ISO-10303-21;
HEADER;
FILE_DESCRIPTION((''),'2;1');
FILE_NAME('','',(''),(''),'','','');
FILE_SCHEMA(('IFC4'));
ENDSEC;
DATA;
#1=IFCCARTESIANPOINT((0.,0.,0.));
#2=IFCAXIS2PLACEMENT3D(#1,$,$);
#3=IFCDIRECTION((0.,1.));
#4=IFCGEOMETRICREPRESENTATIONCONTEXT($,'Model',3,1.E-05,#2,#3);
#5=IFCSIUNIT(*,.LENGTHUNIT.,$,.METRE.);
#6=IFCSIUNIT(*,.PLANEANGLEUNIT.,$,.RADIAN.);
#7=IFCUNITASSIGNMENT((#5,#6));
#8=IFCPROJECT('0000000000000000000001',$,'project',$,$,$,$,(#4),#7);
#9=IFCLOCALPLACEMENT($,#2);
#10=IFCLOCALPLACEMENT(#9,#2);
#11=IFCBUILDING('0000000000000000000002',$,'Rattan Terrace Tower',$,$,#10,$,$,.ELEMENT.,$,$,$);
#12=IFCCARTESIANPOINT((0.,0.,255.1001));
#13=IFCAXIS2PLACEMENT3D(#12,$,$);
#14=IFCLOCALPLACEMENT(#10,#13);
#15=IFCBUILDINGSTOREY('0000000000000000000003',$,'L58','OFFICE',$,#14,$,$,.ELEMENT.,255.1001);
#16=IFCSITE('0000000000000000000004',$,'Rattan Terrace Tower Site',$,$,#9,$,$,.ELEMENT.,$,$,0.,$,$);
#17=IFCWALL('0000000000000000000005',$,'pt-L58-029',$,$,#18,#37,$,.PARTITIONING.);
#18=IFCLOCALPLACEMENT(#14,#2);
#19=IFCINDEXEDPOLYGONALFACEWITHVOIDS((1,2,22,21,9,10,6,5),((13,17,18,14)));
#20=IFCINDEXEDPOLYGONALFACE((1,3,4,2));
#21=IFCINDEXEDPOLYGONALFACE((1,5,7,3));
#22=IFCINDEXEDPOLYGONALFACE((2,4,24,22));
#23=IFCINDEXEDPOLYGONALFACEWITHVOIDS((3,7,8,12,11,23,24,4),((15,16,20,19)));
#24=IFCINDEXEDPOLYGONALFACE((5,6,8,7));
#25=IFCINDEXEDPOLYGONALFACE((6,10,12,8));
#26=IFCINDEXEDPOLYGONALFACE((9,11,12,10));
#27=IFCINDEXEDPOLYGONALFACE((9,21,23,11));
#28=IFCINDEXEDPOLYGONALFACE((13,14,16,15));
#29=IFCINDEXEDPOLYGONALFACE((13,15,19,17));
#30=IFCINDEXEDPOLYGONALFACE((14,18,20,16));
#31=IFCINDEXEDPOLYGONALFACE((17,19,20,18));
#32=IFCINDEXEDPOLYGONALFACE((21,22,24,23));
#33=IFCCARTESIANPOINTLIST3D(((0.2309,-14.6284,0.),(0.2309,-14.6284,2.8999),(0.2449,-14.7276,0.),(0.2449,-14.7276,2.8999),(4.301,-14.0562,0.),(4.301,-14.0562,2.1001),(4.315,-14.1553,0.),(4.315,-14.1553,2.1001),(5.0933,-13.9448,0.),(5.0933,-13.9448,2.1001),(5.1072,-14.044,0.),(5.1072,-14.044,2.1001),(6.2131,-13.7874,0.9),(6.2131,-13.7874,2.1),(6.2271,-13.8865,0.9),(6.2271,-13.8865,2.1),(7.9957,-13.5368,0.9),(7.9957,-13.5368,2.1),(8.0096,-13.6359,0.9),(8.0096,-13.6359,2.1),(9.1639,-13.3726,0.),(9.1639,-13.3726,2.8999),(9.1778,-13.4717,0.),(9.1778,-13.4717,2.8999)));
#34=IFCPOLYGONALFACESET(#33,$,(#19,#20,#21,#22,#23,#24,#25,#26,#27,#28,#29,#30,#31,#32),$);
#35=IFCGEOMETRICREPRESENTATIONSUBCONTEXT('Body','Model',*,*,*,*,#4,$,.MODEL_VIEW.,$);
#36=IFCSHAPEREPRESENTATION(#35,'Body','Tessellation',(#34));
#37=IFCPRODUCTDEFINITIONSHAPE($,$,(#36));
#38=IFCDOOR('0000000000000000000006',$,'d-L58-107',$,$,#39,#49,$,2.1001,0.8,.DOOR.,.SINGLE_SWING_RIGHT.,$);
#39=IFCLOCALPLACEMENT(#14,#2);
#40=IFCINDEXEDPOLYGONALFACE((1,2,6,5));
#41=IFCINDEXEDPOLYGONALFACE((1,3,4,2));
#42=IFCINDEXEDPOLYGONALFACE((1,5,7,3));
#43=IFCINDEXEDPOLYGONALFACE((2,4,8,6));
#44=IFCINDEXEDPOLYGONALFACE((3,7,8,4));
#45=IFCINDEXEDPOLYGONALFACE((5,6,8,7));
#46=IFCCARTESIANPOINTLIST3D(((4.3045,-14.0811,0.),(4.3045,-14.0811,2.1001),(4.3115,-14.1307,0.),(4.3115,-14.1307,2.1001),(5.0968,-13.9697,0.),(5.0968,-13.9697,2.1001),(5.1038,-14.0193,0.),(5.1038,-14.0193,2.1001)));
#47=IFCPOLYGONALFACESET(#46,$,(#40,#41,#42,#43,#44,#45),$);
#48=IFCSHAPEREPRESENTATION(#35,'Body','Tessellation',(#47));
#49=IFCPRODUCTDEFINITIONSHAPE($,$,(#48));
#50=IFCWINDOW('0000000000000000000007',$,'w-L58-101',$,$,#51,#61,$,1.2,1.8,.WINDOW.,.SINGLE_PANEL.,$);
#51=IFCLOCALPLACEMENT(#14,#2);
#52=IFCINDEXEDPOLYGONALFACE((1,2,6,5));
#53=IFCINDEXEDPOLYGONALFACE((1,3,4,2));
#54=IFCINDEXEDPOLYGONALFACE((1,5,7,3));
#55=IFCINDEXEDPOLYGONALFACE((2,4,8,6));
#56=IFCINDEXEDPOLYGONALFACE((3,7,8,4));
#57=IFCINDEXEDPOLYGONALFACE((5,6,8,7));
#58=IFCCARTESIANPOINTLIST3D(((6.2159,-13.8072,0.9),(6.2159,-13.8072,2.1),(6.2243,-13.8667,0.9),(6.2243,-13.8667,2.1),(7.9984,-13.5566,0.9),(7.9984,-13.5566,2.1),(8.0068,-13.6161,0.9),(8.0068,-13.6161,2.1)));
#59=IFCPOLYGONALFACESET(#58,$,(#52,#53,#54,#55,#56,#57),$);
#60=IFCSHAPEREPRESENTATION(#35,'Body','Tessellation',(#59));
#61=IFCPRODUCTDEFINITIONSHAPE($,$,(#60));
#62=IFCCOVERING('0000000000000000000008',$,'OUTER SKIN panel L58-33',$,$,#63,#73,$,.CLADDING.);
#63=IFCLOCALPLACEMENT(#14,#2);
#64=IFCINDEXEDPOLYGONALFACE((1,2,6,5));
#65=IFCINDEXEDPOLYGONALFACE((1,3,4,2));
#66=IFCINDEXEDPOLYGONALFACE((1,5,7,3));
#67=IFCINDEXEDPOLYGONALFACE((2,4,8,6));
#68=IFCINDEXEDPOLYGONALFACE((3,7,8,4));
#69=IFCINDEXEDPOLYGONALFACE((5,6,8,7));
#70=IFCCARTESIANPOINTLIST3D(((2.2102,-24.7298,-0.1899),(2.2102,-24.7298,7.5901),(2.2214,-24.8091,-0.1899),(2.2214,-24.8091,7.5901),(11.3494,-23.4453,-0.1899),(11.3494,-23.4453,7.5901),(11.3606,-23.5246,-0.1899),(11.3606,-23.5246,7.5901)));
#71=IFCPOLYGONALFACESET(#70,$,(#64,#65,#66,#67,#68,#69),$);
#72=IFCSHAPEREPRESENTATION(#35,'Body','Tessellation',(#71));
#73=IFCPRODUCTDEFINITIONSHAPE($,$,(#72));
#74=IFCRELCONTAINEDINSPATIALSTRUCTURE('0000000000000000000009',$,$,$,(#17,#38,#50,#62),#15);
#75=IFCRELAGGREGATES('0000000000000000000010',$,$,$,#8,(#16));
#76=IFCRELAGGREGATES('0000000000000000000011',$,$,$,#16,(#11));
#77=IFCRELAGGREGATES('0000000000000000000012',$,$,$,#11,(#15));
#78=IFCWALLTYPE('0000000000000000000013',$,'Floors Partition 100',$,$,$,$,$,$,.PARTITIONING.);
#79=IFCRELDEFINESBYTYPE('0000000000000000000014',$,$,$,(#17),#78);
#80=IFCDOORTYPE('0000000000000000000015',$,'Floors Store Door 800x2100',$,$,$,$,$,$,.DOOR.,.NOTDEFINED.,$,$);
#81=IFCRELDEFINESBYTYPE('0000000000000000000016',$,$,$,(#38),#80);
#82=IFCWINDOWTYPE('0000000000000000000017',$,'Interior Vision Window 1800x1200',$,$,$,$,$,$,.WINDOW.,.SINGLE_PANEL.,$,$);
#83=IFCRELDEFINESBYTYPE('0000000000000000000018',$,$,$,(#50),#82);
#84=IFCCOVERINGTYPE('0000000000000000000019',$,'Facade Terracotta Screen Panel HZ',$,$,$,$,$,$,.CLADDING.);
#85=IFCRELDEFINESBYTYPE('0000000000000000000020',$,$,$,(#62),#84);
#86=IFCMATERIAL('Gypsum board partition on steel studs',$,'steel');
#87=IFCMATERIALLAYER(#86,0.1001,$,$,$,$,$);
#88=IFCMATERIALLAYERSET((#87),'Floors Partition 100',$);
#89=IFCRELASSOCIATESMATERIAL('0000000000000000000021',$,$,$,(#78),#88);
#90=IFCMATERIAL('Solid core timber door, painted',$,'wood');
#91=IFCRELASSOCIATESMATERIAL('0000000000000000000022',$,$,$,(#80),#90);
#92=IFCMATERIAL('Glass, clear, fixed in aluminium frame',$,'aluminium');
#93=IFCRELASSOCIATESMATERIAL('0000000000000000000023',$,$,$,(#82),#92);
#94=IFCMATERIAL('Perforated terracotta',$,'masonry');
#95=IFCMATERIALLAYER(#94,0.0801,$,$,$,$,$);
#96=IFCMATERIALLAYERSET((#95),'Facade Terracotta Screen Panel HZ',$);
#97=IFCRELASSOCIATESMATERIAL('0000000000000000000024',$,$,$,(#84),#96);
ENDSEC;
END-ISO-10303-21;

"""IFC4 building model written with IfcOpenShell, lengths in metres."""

from ifc_helpers import new_model, si_unit, direction, frame, frame_2d, origin, origin_2d, place, context, subcontext, project, spatial, rectangle, extrude, material, layer, layer_set, type_object, element, fill, save


model = new_model("IFC4")

# Units and contexts
model_context = context("Model", 3, precision=1e-05, world=origin(), true_north=direction((0.0, 1.0)))
body_context = subcontext(model_context, "Body", "Model", "MODEL_VIEW")
ifc_project = project(units=[si_unit("LENGTHUNIT", "METRE"), si_unit("PLANEANGLEUNIT", "RADIAN")], contexts=[model_context])

# Site, building, storey
site_placement = place(None, origin())
site = spatial("IfcSite", under=ifc_project, at=site_placement, Name="Rattan Terrace Tower Site", CompositionType="ELEMENT", RefElevation=0.0)
building_placement = place(site_placement, origin())
building = spatial("IfcBuilding", under=site, at=building_placement, Name="Rattan Terrace Tower", CompositionType="ELEMENT")
storey_placement = place(building_placement, frame((0.0, 0.0, 255.1001)))
storey = spatial("IfcBuildingStorey", under=building, at=storey_placement, Name="L58", Description="OFFICE", CompositionType="ELEMENT", Elevation=255.1001)

# Shared definitions
ifc_material_1 = material(Name="Gypsum board partition on steel studs", Category="steel")
ifc_layer_1 = layer(ifc_material_1, 0.1001)
ifc_layer_set_1 = layer_set([ifc_layer_1], Name="Floors Partition 100")
wall_type = type_object("IfcWallType", Name="Floors Partition 100", PredefinedType="PARTITIONING", material=ifc_layer_set_1)

# Wall, openings, door, window
wall_1_placement = place(storey_placement, frame((0.238, -14.678, 0.0), z_axis=(0.0, 0.0, 1.0), x_axis=(0.990262, 0.13922, 0.0)))
wall_1 = element("IfcWall", 1, at=wall_1_placement, inside=storey, type_object=wall_type, Name="pt-L58-029", PredefinedType="PARTITIONING", context=body_context, shape_type="SweptSolid", body=[
    extrude(rectangle(XDim=9.0208, YDim=0.1001, at=frame_2d((4.5103, 0.0))), origin(), (0.0, 0.0, 1.0), 2.8999),
])
opening_1_placement = place(wall_1_placement, frame((4.1101, 0.0, 0.0)))
opening_1 = element("IfcOpeningElement", 2, at=opening_1_placement, cuts=wall_1, PredefinedType="OPENING", context=body_context, shape_type="SweptSolid", body=[
    extrude(rectangle(XDim=0.8, YDim=2.1001, at=frame_2d((0.3999, 1.05))), frame((0.0, 0.0605, 0.0), z_axis=(0.0, -1.0, 0.0), x_axis=(1.0, 0.0, 0.0)), (0.0, 0.0, 1.0), 0.1211),
])
opening_2_placement = place(wall_1_placement, frame((6.041, 0.0, 0.8999)))
opening_2 = element("IfcOpeningElement", 3, at=opening_2_placement, cuts=wall_1, PredefinedType="OPENING", context=body_context, shape_type="SweptSolid", body=[
    extrude(rectangle(XDim=1.8, YDim=1.2, at=frame_2d((0.8999, 0.6001))), frame((0.0, 0.0605, 0.0), z_axis=(0.0, -1.0, 0.0), x_axis=(1.0, 0.0, 0.0)), (0.0, 0.0, 1.0), 0.1211),
])
ifc_material_2 = material(Name="Solid core timber door, painted", Category="wood")
door_type_1 = type_object("IfcDoorType", Name="Floors Store Door 800x2100", OperationType="NOTDEFINED", PredefinedType="DOOR", material=ifc_material_2)
door_1_placement = place(opening_1_placement, origin())
door_1 = element("IfcDoor", 4, at=door_1_placement, inside=storey, type_object=door_type_1, Name="d-L58-107", OperationType="SINGLE_SWING_RIGHT", OverallHeight=2.1001, OverallWidth=0.8, PredefinedType="DOOR", context=body_context, shape_type="SweptSolid", body=[
    extrude(rectangle(XDim=0.8, YDim=2.1001, at=frame_2d((0.3999, 1.05))), frame((0.0, 0.0249, 0.0), z_axis=(0.0, -1.0, 0.0), x_axis=(1.0, 0.0, 0.0)), (0.0, 0.0, 1.0), 0.05),
])
fill(opening_1, door_1)
ifc_material_3 = material(Name="Glass, clear, fixed in aluminium frame", Category="aluminium")
window_type = type_object("IfcWindowType", Name="Interior Vision Window 1800x1200", PartitioningType="SINGLE_PANEL", PredefinedType="WINDOW", material=ifc_material_3)
window_placement = place(opening_2_placement, origin())
window = element("IfcWindow", 5, at=window_placement, inside=storey, type_object=window_type, Name="w-L58-101", OverallHeight=1.2, OverallWidth=1.8, PartitioningType="SINGLE_PANEL", PredefinedType="WINDOW", context=body_context, shape_type="SweptSolid", body=[
    extrude(rectangle(XDim=1.8, YDim=1.2, at=frame_2d((0.8999, 0.6001))), frame((0.0, 0.03, 0.0), z_axis=(0.0, -1.0, 0.0), x_axis=(1.0, 0.0, 0.0)), (0.0, 0.0, 1.0), 0.0601),
])
fill(opening_2, window)

# Covering
ifc_material_4 = material(Name="Perforated terracotta", Category="masonry")
ifc_layer_2 = layer(ifc_material_4, 0.0801)
ifc_layer_set_2 = layer_set([ifc_layer_2], Name="Facade Terracotta Screen Panel HZ")
covering_type = type_object("IfcCoveringType", Name="Facade Terracotta Screen Panel HZ", PredefinedType="CLADDING", material=ifc_layer_set_2)
covering_placement = place(storey_placement, frame((6.7854, -24.1272, -0.1899), z_axis=(0.0, 0.0, 1.0), x_axis=(0.990266, 0.139189, 0.0)))
element("IfcCovering", 6, at=covering_placement, inside=storey, type_object=covering_type, Name="OUTER SKIN panel L58-33", PredefinedType="CLADDING", context=body_context, shape_type="SweptSolid", body=[
    extrude(rectangle(XDim=9.229, YDim=0.0801, at=origin_2d()), origin(), (0.0, 0.0, 1.0), 7.78),
])

save(model, "model.ifc")
